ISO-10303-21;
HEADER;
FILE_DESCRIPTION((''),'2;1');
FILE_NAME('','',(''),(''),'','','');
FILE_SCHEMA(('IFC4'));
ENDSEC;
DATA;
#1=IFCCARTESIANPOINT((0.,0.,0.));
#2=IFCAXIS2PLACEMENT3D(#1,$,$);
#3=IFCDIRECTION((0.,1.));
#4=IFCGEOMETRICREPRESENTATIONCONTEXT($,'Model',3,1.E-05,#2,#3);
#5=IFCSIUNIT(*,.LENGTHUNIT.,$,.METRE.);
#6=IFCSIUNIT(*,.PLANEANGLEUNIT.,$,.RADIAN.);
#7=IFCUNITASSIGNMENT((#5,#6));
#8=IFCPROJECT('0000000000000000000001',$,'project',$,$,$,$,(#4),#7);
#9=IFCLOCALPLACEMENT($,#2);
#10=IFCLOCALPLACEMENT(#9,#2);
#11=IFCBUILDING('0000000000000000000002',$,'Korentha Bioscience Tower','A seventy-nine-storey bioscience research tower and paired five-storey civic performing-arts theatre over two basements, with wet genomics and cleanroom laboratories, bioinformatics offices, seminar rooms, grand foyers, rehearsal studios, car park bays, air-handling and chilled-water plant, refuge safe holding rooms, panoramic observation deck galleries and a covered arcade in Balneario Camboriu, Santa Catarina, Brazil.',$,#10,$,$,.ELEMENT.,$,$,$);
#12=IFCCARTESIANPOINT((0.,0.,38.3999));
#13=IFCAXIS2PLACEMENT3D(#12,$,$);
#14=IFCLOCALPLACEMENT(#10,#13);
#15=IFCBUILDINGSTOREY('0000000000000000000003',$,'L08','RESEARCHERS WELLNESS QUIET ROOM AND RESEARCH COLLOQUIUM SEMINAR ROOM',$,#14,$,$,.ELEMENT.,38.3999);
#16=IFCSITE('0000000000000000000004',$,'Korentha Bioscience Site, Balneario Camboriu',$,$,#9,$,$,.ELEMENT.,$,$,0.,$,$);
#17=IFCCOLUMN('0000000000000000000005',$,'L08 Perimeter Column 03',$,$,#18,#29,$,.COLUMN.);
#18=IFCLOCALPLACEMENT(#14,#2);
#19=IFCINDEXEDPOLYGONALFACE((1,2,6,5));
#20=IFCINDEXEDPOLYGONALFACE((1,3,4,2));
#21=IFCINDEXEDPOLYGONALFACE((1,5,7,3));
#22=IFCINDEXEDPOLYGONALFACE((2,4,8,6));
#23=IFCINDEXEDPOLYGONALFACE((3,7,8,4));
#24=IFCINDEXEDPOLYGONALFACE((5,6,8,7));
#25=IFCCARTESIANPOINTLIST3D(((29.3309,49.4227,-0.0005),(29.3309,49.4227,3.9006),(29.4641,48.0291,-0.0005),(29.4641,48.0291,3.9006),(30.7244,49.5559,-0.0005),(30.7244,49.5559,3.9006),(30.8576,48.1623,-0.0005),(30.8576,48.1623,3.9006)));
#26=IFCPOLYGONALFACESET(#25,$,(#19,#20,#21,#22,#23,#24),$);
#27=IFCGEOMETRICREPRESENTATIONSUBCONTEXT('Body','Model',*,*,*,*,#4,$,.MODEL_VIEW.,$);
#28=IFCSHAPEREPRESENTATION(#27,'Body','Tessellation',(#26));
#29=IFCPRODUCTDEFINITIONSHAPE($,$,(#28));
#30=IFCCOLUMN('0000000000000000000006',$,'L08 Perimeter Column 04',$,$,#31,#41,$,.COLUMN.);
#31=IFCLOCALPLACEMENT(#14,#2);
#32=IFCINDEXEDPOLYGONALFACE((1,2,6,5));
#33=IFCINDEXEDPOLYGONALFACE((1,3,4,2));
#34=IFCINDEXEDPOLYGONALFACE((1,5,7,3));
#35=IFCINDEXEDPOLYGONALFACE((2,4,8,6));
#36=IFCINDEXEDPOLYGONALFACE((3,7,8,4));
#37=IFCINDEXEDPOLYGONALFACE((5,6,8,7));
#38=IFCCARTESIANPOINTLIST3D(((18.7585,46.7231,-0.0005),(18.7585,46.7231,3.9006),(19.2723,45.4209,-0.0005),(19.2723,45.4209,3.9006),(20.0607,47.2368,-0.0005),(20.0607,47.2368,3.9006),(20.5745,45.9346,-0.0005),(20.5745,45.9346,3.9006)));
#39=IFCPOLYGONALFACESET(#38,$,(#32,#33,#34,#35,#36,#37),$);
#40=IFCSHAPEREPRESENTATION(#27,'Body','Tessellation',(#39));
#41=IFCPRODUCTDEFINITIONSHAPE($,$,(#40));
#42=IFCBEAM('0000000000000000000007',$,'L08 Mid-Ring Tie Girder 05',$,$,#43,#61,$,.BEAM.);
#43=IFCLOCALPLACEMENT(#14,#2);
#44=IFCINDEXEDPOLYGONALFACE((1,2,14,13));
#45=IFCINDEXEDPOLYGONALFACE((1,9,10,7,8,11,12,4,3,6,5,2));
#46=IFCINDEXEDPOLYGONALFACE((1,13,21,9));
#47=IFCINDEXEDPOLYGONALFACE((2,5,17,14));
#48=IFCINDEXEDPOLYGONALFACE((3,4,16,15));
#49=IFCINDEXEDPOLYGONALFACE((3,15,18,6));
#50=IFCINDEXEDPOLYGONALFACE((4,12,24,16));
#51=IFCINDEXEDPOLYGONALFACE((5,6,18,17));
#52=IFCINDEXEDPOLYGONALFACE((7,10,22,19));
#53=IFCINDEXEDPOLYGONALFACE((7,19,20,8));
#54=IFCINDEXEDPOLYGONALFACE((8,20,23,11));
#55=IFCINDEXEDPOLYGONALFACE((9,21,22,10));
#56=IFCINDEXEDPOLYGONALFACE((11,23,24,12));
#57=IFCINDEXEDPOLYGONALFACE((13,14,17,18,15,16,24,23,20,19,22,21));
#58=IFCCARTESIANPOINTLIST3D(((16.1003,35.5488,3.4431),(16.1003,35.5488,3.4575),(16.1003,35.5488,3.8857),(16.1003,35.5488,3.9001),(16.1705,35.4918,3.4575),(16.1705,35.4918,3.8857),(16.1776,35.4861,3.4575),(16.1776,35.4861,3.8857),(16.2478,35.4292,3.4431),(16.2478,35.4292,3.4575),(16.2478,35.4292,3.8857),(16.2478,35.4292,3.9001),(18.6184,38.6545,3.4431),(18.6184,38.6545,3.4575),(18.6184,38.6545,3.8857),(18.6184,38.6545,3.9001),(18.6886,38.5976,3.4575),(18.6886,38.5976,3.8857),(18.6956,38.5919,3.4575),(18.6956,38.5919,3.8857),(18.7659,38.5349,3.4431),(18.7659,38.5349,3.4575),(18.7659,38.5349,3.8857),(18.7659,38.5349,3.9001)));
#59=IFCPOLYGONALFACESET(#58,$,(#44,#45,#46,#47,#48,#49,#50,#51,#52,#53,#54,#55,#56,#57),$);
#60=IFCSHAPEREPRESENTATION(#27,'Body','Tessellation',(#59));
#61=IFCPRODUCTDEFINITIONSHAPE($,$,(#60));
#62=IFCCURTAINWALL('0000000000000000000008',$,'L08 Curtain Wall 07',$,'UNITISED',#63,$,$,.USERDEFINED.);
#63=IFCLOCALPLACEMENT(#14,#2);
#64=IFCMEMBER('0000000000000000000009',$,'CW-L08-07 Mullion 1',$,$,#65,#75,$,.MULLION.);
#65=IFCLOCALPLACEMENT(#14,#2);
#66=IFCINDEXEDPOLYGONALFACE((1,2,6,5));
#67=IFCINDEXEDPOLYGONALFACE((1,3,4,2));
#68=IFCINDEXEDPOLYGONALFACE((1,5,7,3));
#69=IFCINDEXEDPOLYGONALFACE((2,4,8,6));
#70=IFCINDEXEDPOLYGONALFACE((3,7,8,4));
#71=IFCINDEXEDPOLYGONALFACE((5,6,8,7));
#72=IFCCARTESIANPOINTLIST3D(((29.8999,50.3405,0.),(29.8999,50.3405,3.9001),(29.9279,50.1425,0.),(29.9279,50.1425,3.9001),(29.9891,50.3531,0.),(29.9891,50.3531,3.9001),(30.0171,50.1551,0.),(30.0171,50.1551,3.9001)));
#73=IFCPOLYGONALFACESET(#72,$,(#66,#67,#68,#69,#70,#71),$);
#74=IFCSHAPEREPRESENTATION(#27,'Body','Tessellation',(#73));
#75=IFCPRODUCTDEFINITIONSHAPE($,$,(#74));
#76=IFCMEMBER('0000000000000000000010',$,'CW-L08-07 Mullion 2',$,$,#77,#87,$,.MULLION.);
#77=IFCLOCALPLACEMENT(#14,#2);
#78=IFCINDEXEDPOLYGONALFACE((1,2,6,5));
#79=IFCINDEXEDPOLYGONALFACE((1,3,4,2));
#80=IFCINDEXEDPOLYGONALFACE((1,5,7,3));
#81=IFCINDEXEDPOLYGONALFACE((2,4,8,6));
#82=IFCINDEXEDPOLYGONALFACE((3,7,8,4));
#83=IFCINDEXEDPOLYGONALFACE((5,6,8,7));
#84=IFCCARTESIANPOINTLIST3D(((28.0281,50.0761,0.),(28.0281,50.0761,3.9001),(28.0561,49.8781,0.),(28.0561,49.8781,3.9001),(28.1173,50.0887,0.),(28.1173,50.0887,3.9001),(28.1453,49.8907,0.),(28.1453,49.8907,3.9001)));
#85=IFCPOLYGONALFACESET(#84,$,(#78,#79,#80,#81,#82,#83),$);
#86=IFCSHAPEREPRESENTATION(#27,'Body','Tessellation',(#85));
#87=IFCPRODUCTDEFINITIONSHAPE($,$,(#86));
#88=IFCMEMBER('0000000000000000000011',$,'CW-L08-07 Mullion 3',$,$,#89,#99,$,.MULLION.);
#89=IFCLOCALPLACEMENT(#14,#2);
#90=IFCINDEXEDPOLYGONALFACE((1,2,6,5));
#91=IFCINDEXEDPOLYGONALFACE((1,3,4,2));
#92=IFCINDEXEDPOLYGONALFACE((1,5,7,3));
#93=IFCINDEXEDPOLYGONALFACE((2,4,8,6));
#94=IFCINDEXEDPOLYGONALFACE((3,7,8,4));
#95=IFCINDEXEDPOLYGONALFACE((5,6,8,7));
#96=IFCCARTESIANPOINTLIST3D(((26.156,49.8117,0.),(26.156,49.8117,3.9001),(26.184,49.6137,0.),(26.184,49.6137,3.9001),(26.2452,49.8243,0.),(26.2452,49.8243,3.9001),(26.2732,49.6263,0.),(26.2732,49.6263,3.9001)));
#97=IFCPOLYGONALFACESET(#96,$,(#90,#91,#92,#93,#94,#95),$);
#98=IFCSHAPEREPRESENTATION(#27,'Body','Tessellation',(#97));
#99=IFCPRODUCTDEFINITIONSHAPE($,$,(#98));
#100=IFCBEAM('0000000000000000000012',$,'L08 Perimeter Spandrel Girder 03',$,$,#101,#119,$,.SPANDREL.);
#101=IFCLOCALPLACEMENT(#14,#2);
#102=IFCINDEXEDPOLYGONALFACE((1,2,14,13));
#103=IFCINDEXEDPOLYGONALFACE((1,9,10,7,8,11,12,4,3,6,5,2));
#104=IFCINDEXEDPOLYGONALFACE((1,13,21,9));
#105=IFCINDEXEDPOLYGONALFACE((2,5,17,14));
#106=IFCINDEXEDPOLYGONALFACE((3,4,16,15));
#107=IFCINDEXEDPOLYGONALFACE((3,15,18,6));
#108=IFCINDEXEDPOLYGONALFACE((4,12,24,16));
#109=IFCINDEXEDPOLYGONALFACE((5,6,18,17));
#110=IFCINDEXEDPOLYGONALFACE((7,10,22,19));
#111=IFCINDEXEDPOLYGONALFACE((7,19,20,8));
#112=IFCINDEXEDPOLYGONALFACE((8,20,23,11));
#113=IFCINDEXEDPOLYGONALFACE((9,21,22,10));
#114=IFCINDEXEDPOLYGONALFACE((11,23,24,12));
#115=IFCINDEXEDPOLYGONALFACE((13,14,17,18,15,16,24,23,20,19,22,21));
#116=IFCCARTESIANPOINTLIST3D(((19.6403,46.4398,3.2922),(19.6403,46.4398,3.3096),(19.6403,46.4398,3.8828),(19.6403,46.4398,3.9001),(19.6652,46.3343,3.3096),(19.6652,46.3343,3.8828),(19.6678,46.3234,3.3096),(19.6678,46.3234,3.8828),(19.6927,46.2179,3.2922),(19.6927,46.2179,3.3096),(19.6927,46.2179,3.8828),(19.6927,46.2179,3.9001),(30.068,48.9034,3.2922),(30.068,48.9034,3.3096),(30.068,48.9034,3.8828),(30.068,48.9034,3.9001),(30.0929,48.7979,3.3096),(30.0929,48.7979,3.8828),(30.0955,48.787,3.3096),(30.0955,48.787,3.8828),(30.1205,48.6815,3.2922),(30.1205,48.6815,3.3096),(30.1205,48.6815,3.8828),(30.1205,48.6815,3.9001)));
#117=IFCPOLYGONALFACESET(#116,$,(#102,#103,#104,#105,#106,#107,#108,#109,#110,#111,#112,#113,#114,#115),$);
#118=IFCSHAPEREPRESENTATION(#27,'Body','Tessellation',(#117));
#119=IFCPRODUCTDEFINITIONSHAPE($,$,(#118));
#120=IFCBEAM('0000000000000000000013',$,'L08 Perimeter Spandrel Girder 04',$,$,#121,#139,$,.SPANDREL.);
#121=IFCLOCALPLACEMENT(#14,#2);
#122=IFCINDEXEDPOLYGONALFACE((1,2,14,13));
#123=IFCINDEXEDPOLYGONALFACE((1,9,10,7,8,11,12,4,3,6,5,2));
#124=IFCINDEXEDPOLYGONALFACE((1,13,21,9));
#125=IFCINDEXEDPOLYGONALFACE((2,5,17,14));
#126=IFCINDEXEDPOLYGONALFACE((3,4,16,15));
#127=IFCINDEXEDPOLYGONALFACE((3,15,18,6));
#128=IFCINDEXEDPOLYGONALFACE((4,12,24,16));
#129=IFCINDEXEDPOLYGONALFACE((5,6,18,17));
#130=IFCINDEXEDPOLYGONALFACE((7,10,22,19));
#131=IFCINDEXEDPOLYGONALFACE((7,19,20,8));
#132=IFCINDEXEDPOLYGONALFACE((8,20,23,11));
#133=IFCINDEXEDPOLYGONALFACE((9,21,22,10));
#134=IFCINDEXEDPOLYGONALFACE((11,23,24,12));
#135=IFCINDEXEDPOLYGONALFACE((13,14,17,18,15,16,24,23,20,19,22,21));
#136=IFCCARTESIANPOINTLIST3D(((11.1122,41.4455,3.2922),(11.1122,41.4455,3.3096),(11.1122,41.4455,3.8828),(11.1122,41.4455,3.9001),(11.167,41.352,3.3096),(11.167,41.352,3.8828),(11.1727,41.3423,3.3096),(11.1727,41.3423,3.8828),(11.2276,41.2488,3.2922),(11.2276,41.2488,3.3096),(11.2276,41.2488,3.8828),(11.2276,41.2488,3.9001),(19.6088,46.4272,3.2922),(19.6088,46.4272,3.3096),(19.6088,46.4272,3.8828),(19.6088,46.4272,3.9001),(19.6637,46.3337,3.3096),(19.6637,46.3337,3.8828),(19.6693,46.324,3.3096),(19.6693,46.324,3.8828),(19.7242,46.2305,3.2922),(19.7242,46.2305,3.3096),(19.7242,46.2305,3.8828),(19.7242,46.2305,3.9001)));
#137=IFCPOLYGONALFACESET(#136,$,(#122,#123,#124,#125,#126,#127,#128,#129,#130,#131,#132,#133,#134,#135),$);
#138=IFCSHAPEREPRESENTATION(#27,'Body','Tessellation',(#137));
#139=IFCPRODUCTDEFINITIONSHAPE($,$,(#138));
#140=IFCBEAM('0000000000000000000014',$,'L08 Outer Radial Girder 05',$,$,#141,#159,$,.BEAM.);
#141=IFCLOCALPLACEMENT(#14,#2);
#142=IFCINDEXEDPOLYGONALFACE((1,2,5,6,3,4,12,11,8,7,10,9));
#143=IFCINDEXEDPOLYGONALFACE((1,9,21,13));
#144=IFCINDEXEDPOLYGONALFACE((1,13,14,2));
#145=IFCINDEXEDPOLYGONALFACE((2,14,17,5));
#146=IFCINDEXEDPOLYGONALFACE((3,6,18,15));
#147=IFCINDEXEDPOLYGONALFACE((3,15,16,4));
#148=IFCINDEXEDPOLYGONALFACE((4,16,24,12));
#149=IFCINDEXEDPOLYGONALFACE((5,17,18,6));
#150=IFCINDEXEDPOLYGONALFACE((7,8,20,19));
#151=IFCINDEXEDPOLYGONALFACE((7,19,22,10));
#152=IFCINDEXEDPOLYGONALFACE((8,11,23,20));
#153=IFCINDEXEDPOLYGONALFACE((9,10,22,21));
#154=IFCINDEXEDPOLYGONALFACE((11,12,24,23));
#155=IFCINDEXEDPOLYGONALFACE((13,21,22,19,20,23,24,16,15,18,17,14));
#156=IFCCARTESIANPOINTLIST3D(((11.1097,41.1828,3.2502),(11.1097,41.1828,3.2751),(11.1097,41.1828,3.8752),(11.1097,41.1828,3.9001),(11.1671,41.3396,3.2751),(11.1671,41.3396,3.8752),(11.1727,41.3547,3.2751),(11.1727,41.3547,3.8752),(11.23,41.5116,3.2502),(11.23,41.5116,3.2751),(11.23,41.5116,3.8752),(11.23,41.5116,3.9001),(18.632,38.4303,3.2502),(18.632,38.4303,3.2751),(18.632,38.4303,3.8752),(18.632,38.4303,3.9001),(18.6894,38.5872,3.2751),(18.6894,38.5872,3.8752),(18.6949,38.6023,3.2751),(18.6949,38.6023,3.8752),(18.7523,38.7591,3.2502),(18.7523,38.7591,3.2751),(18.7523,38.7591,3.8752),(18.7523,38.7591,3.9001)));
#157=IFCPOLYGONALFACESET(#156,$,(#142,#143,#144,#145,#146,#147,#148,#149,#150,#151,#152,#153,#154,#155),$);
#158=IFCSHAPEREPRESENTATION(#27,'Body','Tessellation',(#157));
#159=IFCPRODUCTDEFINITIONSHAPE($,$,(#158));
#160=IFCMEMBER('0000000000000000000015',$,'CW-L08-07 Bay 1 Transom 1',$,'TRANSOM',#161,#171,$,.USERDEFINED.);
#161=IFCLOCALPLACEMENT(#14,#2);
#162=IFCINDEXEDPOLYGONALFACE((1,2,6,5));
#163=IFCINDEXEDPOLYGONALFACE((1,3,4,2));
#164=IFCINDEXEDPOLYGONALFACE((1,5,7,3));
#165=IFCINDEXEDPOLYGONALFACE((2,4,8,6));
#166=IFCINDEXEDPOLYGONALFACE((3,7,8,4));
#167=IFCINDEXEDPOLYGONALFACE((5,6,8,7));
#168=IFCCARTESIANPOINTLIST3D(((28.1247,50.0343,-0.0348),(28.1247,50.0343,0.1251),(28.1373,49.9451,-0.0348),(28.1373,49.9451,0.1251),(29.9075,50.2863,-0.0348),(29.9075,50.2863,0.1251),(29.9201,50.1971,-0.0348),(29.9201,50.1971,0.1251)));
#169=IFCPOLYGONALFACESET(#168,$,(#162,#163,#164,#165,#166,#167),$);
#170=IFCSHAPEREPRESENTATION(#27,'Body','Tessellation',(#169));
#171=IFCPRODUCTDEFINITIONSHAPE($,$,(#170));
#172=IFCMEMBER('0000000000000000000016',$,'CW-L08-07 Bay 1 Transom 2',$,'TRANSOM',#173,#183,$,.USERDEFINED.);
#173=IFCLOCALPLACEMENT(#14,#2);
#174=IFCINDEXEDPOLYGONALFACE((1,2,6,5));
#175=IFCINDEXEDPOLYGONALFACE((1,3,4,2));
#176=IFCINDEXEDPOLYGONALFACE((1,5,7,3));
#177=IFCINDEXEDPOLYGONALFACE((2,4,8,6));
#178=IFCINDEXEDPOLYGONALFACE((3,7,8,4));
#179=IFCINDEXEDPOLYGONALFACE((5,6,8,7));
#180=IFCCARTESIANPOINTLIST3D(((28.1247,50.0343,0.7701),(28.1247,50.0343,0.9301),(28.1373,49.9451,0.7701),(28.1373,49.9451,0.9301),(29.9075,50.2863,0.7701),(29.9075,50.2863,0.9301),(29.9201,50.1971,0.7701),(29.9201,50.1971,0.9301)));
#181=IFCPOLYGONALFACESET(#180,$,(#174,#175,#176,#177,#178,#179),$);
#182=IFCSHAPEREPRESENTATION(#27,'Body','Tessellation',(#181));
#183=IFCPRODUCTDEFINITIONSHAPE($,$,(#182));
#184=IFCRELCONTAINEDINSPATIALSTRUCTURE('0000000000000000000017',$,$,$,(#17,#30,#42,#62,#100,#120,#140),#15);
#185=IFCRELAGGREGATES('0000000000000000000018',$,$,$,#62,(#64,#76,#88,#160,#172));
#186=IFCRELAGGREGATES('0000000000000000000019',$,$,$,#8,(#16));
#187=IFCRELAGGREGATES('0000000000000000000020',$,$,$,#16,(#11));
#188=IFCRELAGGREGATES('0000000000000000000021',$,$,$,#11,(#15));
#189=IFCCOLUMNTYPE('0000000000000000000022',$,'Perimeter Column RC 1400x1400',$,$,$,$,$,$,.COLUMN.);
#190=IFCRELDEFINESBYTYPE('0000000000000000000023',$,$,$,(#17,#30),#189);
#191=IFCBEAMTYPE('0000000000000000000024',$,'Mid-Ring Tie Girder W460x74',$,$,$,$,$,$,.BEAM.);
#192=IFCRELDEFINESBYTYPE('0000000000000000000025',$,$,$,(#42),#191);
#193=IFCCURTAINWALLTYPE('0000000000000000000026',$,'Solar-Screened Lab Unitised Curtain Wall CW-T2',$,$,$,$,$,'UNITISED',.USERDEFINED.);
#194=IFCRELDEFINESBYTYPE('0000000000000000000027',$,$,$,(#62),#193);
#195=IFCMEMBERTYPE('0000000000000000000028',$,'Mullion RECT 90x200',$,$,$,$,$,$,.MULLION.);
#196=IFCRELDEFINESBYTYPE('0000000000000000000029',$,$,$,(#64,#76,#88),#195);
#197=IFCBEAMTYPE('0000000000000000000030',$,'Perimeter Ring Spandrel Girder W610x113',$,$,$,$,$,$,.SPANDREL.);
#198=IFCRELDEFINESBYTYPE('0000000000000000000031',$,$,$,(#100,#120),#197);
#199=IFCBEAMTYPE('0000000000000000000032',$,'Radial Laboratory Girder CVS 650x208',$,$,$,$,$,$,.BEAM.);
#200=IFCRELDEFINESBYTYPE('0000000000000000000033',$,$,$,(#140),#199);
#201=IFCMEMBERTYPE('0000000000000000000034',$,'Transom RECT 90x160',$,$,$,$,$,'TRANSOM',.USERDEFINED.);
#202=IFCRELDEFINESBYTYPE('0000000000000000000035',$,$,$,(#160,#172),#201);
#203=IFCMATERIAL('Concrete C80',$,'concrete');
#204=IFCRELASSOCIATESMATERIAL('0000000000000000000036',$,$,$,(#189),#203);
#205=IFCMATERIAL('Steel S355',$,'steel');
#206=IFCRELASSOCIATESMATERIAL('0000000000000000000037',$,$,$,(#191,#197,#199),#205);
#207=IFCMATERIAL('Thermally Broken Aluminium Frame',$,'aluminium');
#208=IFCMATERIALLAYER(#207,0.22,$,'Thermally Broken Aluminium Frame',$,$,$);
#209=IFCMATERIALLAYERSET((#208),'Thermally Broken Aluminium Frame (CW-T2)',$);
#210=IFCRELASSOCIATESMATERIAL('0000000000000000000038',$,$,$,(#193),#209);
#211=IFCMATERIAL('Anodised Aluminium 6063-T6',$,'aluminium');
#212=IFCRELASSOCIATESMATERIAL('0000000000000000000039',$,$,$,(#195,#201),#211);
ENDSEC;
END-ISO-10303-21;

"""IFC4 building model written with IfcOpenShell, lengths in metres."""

from ifc_helpers import new_model, si_unit, direction, frame, origin, origin_2d, place, context, subcontext, project, spatial, rectangle, i_section, extrude, material, layer, layer_set, material_profile, profile_set, type_object, element, aggregate, save


model = new_model("IFC4")

# Units and contexts
model_context = context("Model", 3, precision=1e-05, world=origin(), true_north=direction((0.0, 1.0)))
body_context = subcontext(model_context, "Body", "Model", "MODEL_VIEW")
ifc_project = project(units=[si_unit("LENGTHUNIT", "METRE"), si_unit("PLANEANGLEUNIT", "RADIAN")], contexts=[model_context])

# Site, building, storey
site_placement = place(None, origin())
site = spatial("IfcSite", under=ifc_project, at=site_placement, Name="Korentha Bioscience Site, Balneario Camboriu", CompositionType="ELEMENT", RefElevation=0.0)
building_placement = place(site_placement, origin())
building = spatial("IfcBuilding", under=site, at=building_placement, Name="Korentha Bioscience Tower", Description="A seventy-nine-storey bioscience research tower and paired five-storey civic performing-arts theatre over two basements, with wet genomics and cleanroom laboratories, bioinformatics offices, seminar rooms, grand foyers, rehearsal studios, car park bays, air-handling and chilled-water plant, refuge safe holding rooms, panoramic observation deck galleries and a covered arcade in Balneario Camboriu, Santa Catarina, Brazil.", CompositionType="ELEMENT")
storey_placement = place(building_placement, frame((0.0, 0.0, 38.3999)))
storey = spatial("IfcBuildingStorey", under=building, at=storey_placement, Name="L08", Description="RESEARCHERS WELLNESS QUIET ROOM AND RESEARCH COLLOQUIUM SEMINAR ROOM", CompositionType="ELEMENT", Elevation=38.3999)

# Columns
ifc_material_1 = material(Name="Concrete C80", Category="concrete")
ifc_material_profile_1 = material_profile(ifc_material_1, rectangle(XDim=1.3999, YDim=1.3999, at=origin_2d()), Name="Concrete C80")
ifc_profile_set_1 = profile_set([ifc_material_profile_1], Name="Concrete C80 (COL-P14)")
column_type = type_object("IfcColumnType", Name="Perimeter Column RC 1400x1400", PredefinedType="COLUMN", material=ifc_profile_set_1)
for number, where, z_axis, x_axis, name in (
    (1, (30.0942, 48.7925, -0.0005), (0.0, 0.0, 1.0), (0.995463, 0.095151, 0.0), "L08 Perimeter Column 03"),
    (2, (19.6665, 46.3289, -0.0005), (0.0, 0.0, 1.0), (0.930226, 0.366988, 0.0), "L08 Perimeter Column 04"),
):
    element("IfcColumn", number, at=place(storey_placement, frame(where, z_axis=z_axis, x_axis=x_axis)), inside=storey, type_object=column_type, Name=name, PredefinedType="COLUMN", context=body_context, shape_type="SweptSolid", body=[
        extrude(rectangle(XDim=1.3999, YDim=1.3999, at=origin_2d()), origin(), (0.0, 0.0, 1.0), 3.9011),
    ])

# Beam
ifc_material_2 = material(Name="Steel S355", Category="steel")
ifc_material_profile_2 = material_profile(ifc_material_2, i_section(OverallWidth=0.1899, OverallDepth=0.457, WebThickness=0.009, FlangeThickness=0.0144, at=origin_2d()), Name="Steel S355")
ifc_profile_set_2 = profile_set([ifc_material_profile_2], Name="Steel S355 (MB-460)")
beam_type_1 = type_object("IfcBeamType", Name="Mid-Ring Tie Girder W460x74", PredefinedType="BEAM", material=ifc_profile_set_2)
beam_1_placement = place(storey_placement, frame((18.6921, 38.5947, 3.6716), z_axis=(-0.62979, -0.776765, 0.0), x_axis=(0.776765, -0.62979, 0.0)))
element("IfcBeam", 3, at=beam_1_placement, inside=storey, type_object=beam_type_1, Name="L08 Mid-Ring Tie Girder 05", PredefinedType="BEAM", context=body_context, shape_type="SweptSolid", body=[
    extrude(i_section(OverallWidth=0.1899, OverallDepth=0.457, WebThickness=0.009, FlangeThickness=0.0144, at=origin_2d()), origin(), (0.0, 0.0, 1.0), 3.9983),
])

# Curtain wall, members
ifc_material_3 = material(Name="Thermally Broken Aluminium Frame", Category="aluminium")
ifc_layer_1 = layer(ifc_material_3, 0.22, Name="Thermally Broken Aluminium Frame")
ifc_layer_set_1 = layer_set([ifc_layer_1], Name="Thermally Broken Aluminium Frame (CW-T2)")
curtain_wall_type = type_object("IfcCurtainWallType", Name="Solar-Screened Lab Unitised Curtain Wall CW-T2", ElementType="UNITISED", PredefinedType="USERDEFINED", material=ifc_layer_set_1)
curtain_wall_placement = place(storey_placement, origin())
curtain_wall = element("IfcCurtainWall", 4, at=curtain_wall_placement, inside=storey, type_object=curtain_wall_type, Name="L08 Curtain Wall 07", ObjectType="UNITISED", PredefinedType="USERDEFINED")
ifc_material_4 = material(Name="Anodised Aluminium 6063-T6", Category="aluminium")
ifc_material_profile_3 = material_profile(ifc_material_4, rectangle(XDim=0.0901, YDim=0.2, at=origin_2d()), Name="Anodised Aluminium 6063-T6")
ifc_profile_set_3 = profile_set([ifc_material_profile_3], Name="Anodised Aluminium 6063-T6 (CW-MUL)")
member_type_1 = type_object("IfcMemberType", Name="Mullion RECT 90x200", PredefinedType="MULLION", material=ifc_profile_set_3)
member_1_placement = place(storey_placement, frame((29.9585, 50.2478, 0.0), z_axis=(0.0, 0.0, 1.0), x_axis=(-0.990167, -0.139888, 0.0)))
member_1 = element("IfcMember", 5, at=member_1_placement, type_object=member_type_1, Name="CW-L08-07 Mullion 1", PredefinedType="MULLION", context=body_context, shape_type="SweptSolid", body=[
    extrude(rectangle(XDim=0.0901, YDim=0.2, at=origin_2d()), origin(), (0.0, 0.0, 1.0), 3.9001),
])
member_2_placement = place(storey_placement, frame((28.0867, 49.9834, 0.0), z_axis=(0.0, 0.0, 1.0), x_axis=(-0.990167, -0.139888, 0.0)))
member_2 = element("IfcMember", 6, at=member_2_placement, type_object=member_type_1, Name="CW-L08-07 Mullion 2", PredefinedType="MULLION", context=body_context, shape_type="SweptSolid", body=[
    extrude(rectangle(XDim=0.0901, YDim=0.2, at=origin_2d()), origin(), (0.0, 0.0, 1.0), 3.9001),
])
member_3_placement = place(storey_placement, frame((26.2146, 49.719, 0.0), z_axis=(0.0, 0.0, 1.0), x_axis=(-0.990167, -0.139888, 0.0)))
member_3 = element("IfcMember", 7, at=member_3_placement, type_object=member_type_1, Name="CW-L08-07 Mullion 3", PredefinedType="MULLION", context=body_context, shape_type="SweptSolid", body=[
    extrude(rectangle(XDim=0.0901, YDim=0.2, at=origin_2d()), origin(), (0.0, 0.0, 1.0), 3.9001),
])

# Beams
ifc_material_profile_4 = material_profile(ifc_material_2, i_section(OverallWidth=0.228, OverallDepth=0.6079, WebThickness=0.0112, FlangeThickness=0.0173, at=origin_2d()), Name="Steel S355")
ifc_profile_set_4 = profile_set([ifc_material_profile_4], Name="Steel S355 (SB-610)")
beam_type_2 = type_object("IfcBeamType", Name="Perimeter Ring Spandrel Girder W610x113", PredefinedType="SPANDREL", material=ifc_profile_set_4)
beam_2_placement = place(storey_placement, frame((30.0942, 48.7925, 3.5962), z_axis=(-0.973208, -0.229927, 0.0), x_axis=(0.229927, -0.973208, 0.0)))
element("IfcBeam", 8, at=beam_2_placement, inside=storey, type_object=beam_type_2, Name="L08 Perimeter Spandrel Girder 03", PredefinedType="SPANDREL", context=body_context, shape_type="SweptSolid", body=[
    extrude(i_section(OverallWidth=0.228, OverallDepth=0.6079, WebThickness=0.0112, FlangeThickness=0.0173, at=origin_2d()), origin(), (0.0, 0.0, 1.0), 10.7148),
])
beam_3_placement = place(storey_placement, frame((19.6665, 46.3289, 3.5962), z_axis=(-0.862657, -0.50579, 0.0), x_axis=(0.50579, -0.862657, 0.0)))
element("IfcBeam", 9, at=beam_3_placement, inside=storey, type_object=beam_type_2, Name="L08 Perimeter Spandrel Girder 04", PredefinedType="SPANDREL", context=body_context, shape_type="SweptSolid", body=[
    extrude(i_section(OverallWidth=0.228, OverallDepth=0.6079, WebThickness=0.0112, FlangeThickness=0.0173, at=origin_2d()), origin(), (0.0, 0.0, 1.0), 9.8494),
])
ifc_material_profile_5 = material_profile(ifc_material_2, i_section(OverallWidth=0.3501, OverallDepth=0.6499, WebThickness=0.0161, FlangeThickness=0.0249, at=origin_2d()), Name="Steel S355")
ifc_profile_set_5 = profile_set([ifc_material_profile_5], Name="Steel S355 (RB-650)")
beam_type_3 = type_object("IfcBeamType", Name="Radial Laboratory Girder CVS 650x208", PredefinedType="BEAM", material=ifc_profile_set_5)
beam_4_placement = place(storey_placement, frame((18.6921, 38.5947, 3.5752), z_axis=(-0.939106, 0.343627, 0.0), x_axis=(-0.343627, -0.939106, 0.0)))
element("IfcBeam", 10, at=beam_4_placement, inside=storey, type_object=beam_type_3, Name="L08 Outer Radial Girder 05", PredefinedType="BEAM", context=body_context, shape_type="SweptSolid", body=[
    extrude(i_section(OverallWidth=0.3501, OverallDepth=0.6499, WebThickness=0.0161, FlangeThickness=0.0249, at=origin_2d()), origin(), (0.0, 0.0, 1.0), 8.01),
])

# Members
ifc_material_profile_6 = material_profile(ifc_material_4, rectangle(XDim=0.0901, YDim=0.1599, at=origin_2d()), Name="Anodised Aluminium 6063-T6")
ifc_profile_set_6 = profile_set([ifc_material_profile_6], Name="Anodised Aluminium 6063-T6 (CW-TRN)")
member_type_2 = type_object("IfcMemberType", Name="Transom RECT 90x160", ElementType="TRANSOM", PredefinedType="USERDEFINED", material=ifc_profile_set_6)
member_4_placement = place(storey_placement, frame((29.9138, 50.2417, 0.0452), z_axis=(-0.99016, -0.13994, 0.0), x_axis=(0.13994, -0.99016, 0.0)))
member_4 = element("IfcMember", 11, at=member_4_placement, type_object=member_type_2, Name="CW-L08-07 Bay 1 Transom 1", ObjectType="TRANSOM", PredefinedType="USERDEFINED", context=body_context, shape_type="SweptSolid", body=[
    extrude(rectangle(XDim=0.0901, YDim=0.1599, at=origin_2d()), origin(), (0.0, 0.0, 1.0), 1.8005),
])
member_5_placement = place(storey_placement, frame((29.9138, 50.2417, 0.8501), z_axis=(-0.99016, -0.13994, 0.0), x_axis=(0.13994, -0.99016, 0.0)))
member_5 = element("IfcMember", 12, at=member_5_placement, type_object=member_type_2, Name="CW-L08-07 Bay 1 Transom 2", ObjectType="TRANSOM", PredefinedType="USERDEFINED", context=body_context, shape_type="SweptSolid", body=[
    extrude(rectangle(XDim=0.0901, YDim=0.1599, at=origin_2d()), origin(), (0.0, 0.0, 1.0), 1.8005),
])

aggregate(curtain_wall, [member_1, member_2, member_3, member_4, member_5])

save(model, "model.ifc")
